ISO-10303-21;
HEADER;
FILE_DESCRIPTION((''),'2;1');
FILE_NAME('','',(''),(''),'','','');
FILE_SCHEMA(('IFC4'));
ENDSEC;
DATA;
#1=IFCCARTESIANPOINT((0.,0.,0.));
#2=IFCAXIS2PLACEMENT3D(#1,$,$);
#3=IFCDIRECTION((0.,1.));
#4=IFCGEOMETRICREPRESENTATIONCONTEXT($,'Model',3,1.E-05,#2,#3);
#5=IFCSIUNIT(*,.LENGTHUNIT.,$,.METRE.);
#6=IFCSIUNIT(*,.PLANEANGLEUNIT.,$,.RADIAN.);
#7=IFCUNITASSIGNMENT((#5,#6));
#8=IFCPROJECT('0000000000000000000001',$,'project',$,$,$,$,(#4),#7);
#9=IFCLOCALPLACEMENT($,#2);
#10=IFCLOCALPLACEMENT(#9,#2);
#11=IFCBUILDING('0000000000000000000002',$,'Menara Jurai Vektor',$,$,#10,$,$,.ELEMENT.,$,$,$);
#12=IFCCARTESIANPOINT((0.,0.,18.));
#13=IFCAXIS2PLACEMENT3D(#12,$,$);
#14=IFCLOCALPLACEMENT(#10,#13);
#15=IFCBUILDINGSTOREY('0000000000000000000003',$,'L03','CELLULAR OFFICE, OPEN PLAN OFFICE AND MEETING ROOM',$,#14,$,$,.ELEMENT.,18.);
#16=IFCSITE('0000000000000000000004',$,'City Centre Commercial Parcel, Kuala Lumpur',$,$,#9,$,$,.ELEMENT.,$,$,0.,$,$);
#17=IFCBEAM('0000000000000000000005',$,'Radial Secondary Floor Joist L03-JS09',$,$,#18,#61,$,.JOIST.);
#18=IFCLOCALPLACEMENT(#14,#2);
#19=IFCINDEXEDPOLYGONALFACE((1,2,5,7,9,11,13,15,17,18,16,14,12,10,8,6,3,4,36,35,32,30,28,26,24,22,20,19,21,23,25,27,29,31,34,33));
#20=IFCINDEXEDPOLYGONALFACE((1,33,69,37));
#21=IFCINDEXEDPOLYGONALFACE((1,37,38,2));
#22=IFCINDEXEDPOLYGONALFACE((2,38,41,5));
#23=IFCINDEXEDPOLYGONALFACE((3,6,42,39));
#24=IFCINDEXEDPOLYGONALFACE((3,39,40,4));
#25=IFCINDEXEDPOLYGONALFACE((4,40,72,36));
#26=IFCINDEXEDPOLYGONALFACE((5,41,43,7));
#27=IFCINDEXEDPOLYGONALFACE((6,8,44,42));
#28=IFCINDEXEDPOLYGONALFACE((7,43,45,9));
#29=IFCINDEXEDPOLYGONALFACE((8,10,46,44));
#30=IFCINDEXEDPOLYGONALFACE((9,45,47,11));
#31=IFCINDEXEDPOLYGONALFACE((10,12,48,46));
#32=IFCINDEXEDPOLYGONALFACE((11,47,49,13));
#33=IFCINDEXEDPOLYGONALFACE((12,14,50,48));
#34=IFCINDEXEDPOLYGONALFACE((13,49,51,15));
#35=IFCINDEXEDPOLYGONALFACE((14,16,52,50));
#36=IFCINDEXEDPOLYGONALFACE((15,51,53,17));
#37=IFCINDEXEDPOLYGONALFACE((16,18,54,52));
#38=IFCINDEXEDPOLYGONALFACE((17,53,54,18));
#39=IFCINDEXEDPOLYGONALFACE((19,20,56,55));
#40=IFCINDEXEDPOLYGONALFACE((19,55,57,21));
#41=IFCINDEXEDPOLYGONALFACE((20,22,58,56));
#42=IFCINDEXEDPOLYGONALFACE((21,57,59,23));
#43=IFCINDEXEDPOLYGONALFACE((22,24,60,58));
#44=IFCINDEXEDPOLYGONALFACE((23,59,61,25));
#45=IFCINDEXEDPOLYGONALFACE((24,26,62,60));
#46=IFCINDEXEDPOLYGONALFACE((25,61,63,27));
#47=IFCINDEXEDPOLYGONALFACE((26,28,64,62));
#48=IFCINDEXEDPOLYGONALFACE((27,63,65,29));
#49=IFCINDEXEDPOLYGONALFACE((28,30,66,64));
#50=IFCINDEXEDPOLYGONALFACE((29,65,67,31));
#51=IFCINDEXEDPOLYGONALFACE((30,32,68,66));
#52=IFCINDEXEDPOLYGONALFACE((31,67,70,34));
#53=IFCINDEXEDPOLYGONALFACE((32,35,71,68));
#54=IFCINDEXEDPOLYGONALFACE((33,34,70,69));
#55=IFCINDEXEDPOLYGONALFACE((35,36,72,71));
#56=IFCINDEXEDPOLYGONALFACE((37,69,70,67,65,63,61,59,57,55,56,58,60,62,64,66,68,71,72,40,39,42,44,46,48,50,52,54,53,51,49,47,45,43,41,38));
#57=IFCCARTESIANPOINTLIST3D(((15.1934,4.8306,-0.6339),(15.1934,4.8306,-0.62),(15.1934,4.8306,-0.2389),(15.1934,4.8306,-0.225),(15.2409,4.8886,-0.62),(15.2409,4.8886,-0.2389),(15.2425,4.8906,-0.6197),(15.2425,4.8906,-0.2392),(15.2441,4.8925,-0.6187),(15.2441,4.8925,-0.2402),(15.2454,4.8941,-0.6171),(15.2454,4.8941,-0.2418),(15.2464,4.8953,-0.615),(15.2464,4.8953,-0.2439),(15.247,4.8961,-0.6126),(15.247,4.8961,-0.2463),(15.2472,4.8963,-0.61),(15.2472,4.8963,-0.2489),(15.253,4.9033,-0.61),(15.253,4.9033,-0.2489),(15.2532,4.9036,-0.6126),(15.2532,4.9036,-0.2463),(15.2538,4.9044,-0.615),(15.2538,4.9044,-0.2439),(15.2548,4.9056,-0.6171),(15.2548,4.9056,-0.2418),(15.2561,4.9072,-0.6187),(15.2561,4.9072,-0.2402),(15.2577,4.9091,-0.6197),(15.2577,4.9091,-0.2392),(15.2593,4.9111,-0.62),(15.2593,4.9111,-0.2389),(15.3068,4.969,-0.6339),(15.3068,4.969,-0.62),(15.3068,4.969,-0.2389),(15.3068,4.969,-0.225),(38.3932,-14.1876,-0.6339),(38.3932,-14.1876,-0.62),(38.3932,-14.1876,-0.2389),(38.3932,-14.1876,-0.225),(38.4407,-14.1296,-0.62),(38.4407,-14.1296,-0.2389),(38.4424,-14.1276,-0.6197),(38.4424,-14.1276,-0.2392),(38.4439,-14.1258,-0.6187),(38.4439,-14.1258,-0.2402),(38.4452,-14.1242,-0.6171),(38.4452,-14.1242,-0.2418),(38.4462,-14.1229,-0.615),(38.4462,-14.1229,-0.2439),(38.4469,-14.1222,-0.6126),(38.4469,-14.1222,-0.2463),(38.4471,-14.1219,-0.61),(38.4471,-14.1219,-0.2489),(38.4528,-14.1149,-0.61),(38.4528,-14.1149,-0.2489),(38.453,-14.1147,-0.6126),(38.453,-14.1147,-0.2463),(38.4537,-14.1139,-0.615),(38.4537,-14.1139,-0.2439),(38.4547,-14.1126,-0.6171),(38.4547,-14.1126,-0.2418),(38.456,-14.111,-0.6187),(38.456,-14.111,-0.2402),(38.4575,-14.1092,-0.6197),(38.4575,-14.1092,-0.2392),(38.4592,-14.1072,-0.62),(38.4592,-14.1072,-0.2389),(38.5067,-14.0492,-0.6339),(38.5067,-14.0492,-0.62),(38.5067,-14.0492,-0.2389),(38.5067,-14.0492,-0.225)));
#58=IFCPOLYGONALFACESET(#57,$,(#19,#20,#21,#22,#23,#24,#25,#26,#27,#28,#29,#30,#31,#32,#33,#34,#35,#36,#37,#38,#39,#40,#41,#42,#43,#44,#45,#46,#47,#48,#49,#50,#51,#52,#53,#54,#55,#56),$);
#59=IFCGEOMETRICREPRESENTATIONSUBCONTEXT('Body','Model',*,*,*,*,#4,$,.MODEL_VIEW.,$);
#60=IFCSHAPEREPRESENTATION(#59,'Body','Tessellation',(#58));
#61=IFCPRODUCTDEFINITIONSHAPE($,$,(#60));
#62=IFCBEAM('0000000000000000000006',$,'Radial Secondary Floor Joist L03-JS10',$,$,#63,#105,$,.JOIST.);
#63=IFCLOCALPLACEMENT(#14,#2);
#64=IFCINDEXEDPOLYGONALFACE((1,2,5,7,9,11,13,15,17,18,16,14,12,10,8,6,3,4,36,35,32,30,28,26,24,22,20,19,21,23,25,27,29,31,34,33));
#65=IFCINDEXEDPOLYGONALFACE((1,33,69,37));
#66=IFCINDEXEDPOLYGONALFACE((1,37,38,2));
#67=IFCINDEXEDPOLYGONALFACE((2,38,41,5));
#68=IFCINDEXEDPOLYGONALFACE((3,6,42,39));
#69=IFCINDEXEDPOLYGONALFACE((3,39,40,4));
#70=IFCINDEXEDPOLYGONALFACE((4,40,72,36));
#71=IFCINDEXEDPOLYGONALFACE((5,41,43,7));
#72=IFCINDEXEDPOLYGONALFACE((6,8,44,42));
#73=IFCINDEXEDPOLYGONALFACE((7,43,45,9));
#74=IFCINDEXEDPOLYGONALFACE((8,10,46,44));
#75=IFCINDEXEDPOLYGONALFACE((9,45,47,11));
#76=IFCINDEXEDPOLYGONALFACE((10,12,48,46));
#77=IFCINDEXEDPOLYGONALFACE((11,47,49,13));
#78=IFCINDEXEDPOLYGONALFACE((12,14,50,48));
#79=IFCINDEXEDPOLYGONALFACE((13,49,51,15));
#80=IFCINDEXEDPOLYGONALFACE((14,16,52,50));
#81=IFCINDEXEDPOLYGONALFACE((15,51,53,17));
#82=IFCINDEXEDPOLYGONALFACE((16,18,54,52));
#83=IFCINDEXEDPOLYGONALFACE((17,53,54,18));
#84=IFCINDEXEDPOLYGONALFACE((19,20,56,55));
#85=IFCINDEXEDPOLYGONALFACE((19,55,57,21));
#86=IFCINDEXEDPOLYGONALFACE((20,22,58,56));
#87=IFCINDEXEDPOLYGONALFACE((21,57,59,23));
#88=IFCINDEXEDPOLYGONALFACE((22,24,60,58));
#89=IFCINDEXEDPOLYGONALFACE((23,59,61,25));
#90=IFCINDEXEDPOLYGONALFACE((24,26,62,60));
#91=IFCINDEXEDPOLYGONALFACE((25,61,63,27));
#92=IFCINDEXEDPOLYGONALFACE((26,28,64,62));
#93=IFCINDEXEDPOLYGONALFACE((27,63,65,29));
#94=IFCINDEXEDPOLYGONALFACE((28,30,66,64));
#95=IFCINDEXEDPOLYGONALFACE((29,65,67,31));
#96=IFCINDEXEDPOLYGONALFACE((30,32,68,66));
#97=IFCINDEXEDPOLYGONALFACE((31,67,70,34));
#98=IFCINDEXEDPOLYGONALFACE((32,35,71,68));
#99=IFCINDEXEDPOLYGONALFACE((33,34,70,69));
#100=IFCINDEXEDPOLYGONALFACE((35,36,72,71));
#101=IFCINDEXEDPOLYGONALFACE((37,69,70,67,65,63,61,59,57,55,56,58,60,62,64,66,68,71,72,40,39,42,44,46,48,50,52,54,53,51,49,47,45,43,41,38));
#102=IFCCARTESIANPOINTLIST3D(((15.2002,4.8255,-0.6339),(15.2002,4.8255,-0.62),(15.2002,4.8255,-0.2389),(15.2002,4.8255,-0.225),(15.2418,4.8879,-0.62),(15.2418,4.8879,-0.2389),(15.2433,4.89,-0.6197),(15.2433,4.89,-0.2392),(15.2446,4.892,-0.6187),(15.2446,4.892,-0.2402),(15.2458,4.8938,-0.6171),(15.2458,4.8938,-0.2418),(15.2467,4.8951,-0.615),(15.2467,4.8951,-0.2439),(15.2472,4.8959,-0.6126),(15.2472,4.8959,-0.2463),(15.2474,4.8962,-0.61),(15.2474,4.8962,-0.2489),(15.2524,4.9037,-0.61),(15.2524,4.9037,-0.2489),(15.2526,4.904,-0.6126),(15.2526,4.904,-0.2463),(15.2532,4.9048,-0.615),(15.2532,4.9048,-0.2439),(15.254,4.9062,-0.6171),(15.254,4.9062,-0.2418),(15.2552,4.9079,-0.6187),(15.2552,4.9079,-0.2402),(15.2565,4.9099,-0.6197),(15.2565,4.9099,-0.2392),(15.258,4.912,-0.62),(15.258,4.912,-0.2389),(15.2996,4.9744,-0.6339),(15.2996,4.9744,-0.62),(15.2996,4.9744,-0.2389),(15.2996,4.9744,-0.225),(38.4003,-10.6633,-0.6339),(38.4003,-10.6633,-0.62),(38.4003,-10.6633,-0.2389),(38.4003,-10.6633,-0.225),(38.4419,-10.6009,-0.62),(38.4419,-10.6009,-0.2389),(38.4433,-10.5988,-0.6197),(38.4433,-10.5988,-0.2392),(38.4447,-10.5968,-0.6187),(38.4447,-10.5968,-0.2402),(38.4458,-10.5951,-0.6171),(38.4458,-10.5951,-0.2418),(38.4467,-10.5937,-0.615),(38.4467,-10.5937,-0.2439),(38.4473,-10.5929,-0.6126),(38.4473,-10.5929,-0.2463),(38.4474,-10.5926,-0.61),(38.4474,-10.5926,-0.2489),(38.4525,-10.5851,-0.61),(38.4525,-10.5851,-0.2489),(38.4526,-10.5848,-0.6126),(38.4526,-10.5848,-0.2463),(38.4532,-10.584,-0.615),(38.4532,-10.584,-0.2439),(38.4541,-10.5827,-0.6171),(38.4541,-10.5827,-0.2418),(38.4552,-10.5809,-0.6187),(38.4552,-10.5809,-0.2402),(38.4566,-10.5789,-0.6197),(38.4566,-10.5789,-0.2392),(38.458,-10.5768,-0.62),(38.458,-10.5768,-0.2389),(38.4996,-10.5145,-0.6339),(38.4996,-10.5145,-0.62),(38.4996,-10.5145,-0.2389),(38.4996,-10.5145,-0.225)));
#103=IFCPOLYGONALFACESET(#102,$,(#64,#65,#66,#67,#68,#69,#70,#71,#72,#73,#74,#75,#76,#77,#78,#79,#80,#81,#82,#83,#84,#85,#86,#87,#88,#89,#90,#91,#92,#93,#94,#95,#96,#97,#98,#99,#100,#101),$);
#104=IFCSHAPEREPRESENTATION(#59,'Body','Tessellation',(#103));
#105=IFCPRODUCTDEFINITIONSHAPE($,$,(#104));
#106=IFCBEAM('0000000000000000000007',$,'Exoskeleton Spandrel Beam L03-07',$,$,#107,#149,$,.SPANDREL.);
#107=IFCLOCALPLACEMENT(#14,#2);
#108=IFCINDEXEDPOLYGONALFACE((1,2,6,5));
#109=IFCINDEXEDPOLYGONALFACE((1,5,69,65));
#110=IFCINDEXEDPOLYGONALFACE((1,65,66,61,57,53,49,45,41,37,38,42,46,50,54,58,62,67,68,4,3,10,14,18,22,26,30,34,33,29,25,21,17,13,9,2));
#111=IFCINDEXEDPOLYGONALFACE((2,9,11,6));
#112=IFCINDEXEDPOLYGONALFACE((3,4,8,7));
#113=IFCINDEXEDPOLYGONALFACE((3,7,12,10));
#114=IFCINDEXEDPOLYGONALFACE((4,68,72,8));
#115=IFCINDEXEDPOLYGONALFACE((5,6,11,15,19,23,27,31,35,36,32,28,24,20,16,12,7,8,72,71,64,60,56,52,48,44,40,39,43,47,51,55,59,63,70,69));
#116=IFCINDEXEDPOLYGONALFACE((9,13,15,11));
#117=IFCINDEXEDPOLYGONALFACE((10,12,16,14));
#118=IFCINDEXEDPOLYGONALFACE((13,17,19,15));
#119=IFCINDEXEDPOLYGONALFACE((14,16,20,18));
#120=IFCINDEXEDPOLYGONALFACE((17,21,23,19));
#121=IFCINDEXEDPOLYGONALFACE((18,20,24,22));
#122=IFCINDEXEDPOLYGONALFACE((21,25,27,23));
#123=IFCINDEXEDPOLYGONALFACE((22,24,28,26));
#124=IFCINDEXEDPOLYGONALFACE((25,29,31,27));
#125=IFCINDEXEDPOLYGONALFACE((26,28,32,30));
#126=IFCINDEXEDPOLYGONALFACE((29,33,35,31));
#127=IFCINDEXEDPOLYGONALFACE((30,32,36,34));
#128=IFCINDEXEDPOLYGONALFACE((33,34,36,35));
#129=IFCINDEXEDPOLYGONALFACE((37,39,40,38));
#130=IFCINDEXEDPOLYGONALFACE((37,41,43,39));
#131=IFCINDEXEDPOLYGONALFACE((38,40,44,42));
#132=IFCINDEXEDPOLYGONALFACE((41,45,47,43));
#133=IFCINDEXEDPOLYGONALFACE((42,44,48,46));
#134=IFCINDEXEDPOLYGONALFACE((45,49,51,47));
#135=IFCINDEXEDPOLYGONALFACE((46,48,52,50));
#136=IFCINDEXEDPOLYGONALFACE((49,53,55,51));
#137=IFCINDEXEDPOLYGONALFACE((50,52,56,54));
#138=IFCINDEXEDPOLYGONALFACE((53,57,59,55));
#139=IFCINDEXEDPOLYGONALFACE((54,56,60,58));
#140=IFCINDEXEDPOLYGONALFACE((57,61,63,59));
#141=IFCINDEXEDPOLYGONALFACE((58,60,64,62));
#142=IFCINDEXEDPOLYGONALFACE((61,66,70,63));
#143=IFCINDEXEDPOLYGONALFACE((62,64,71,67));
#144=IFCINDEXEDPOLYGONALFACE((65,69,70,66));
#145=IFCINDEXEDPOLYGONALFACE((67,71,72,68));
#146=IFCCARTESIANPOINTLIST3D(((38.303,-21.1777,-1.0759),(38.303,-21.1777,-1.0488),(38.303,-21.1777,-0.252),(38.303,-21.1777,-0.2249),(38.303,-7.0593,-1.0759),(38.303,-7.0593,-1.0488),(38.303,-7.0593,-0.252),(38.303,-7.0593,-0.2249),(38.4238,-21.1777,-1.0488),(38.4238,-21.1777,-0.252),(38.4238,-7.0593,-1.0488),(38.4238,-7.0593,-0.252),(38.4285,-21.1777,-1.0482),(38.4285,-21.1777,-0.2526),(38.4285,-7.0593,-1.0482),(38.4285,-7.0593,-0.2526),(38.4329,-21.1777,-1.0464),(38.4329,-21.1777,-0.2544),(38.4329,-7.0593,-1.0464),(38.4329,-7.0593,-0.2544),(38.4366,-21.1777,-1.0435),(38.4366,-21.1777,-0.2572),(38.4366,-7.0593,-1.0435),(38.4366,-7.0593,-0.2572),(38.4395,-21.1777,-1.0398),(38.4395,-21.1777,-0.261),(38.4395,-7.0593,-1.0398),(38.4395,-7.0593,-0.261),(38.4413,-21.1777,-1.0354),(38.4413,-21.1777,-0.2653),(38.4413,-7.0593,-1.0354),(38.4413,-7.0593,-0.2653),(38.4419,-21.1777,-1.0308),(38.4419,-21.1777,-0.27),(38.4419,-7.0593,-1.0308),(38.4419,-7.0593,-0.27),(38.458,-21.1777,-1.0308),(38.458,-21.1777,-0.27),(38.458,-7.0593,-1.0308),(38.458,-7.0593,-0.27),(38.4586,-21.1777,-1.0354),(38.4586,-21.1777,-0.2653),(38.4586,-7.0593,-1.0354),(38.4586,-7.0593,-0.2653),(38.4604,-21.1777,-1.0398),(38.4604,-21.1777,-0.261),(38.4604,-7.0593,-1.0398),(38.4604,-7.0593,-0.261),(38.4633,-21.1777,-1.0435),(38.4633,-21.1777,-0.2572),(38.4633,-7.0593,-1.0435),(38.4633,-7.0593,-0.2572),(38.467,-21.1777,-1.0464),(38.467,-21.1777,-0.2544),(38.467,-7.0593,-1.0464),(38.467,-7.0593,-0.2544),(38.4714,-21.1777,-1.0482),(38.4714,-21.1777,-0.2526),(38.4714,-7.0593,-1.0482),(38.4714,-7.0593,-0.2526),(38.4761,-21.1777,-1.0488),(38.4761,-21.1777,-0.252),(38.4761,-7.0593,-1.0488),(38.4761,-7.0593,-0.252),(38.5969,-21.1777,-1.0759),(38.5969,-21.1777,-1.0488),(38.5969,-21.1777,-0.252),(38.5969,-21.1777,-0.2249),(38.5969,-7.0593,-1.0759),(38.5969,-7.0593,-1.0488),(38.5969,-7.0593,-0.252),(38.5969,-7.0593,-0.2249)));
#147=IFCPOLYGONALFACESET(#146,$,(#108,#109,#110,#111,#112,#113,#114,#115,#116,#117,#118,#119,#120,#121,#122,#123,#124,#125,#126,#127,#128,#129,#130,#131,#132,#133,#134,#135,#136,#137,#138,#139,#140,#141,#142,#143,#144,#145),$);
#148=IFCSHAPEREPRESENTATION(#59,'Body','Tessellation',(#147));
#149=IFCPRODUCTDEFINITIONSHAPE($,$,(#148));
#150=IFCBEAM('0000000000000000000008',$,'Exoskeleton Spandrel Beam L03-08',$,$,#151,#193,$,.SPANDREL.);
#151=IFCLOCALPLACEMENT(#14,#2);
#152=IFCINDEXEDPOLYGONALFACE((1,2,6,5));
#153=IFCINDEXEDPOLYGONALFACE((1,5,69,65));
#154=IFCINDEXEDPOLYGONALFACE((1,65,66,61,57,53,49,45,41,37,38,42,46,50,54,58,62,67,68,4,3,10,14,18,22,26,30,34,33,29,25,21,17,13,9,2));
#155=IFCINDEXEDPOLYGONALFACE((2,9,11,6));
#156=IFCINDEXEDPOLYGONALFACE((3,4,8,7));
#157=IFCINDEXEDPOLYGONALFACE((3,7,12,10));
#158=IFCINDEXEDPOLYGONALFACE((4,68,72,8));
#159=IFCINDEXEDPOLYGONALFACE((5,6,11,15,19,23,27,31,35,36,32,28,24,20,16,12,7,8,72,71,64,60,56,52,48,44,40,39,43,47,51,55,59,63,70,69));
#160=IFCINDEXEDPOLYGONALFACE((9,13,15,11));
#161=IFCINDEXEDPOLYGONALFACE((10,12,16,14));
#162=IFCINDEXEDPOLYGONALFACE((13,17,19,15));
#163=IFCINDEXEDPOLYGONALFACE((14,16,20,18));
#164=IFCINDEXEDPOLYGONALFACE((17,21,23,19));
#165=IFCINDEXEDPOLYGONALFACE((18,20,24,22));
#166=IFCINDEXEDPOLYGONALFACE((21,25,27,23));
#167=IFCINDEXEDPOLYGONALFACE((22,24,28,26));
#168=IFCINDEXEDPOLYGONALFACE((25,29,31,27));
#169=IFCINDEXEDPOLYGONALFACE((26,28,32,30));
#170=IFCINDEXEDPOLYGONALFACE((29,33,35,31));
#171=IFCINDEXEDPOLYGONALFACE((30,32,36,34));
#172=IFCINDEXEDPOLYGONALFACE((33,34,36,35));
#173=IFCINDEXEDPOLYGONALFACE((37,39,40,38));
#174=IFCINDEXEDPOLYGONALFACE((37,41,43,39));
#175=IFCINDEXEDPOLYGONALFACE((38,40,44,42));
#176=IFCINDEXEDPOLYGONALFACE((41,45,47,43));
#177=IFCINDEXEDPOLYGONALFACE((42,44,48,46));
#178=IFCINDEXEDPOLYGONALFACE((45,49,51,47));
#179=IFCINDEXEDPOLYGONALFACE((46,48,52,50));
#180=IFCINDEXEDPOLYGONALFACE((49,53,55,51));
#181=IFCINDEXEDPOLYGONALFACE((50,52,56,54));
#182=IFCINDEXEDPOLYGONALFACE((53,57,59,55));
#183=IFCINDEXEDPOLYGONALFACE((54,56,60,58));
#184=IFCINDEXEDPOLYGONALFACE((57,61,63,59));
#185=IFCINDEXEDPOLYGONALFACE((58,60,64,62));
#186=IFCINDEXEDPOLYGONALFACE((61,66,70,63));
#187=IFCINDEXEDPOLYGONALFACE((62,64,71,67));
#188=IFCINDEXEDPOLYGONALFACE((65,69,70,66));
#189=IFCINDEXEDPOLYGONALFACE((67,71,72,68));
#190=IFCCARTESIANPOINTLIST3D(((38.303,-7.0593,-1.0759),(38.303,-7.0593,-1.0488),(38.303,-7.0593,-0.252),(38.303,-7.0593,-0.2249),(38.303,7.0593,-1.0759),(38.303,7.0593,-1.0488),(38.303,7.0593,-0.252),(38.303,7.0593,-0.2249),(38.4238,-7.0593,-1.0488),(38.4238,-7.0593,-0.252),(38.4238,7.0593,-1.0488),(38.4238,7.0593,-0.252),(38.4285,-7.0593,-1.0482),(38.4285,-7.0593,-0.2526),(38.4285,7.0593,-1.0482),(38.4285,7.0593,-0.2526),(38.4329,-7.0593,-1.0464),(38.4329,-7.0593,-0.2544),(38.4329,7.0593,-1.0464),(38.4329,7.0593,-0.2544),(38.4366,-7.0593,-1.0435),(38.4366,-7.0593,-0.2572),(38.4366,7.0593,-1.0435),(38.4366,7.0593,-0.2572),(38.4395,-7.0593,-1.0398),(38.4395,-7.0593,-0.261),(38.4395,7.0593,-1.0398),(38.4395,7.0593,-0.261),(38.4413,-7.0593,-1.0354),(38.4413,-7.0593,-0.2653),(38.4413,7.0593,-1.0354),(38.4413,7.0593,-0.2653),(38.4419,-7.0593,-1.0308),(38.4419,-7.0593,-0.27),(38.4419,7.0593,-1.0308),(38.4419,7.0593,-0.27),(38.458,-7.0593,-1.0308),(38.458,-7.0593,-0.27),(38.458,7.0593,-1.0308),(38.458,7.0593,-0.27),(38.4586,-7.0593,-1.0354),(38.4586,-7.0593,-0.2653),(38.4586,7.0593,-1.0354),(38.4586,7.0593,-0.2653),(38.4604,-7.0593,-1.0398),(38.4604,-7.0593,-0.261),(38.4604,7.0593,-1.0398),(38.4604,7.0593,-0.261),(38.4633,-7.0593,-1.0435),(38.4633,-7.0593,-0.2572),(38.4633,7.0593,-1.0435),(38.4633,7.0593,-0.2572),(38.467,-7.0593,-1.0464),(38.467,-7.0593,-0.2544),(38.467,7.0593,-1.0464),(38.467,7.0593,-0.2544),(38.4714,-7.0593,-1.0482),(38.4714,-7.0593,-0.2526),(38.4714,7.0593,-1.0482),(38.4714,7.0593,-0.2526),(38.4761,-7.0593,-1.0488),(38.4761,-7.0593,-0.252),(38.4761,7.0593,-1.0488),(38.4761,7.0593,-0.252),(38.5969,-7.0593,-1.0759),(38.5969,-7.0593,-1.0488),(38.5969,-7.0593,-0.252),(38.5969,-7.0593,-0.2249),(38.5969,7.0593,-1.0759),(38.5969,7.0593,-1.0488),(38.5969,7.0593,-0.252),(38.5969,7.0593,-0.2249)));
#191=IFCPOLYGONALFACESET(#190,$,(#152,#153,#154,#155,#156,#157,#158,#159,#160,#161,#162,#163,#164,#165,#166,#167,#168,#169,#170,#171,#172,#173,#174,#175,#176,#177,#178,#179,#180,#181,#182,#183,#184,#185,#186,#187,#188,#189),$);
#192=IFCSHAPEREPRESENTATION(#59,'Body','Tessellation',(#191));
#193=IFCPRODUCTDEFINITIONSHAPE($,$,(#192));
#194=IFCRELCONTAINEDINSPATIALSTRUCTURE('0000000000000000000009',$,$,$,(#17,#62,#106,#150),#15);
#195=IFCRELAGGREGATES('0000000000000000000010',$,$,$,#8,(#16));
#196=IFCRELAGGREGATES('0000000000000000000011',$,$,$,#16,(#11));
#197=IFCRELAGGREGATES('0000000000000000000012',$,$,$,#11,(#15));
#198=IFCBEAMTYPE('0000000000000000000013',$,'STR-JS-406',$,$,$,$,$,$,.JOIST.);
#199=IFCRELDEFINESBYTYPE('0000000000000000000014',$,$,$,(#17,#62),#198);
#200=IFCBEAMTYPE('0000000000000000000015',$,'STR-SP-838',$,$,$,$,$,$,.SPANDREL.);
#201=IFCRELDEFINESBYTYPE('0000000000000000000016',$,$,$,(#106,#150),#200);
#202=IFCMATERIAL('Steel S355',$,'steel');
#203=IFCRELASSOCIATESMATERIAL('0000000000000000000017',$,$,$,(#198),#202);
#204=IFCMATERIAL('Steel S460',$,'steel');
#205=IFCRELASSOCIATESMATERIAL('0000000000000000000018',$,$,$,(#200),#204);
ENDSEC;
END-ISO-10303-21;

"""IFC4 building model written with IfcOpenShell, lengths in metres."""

from ifc_helpers import new_model, si_unit, direction, frame, origin, origin_2d, place, context, subcontext, project, spatial, i_section, extrude, material, material_profile, profile_set, type_object, element, save


model = new_model("IFC4")

# Units and contexts
model_context = context("Model", 3, precision=1e-05, world=origin(), true_north=direction((0.0, 1.0)))
body_context = subcontext(model_context, "Body", "Model", "MODEL_VIEW")
ifc_project = project(units=[si_unit("LENGTHUNIT", "METRE"), si_unit("PLANEANGLEUNIT", "RADIAN")], contexts=[model_context])

# Site, building, storey
site_placement = place(None, origin())
site = spatial("IfcSite", under=ifc_project, at=site_placement, Name="City Centre Commercial Parcel, Kuala Lumpur", CompositionType="ELEMENT", RefElevation=0.0)
building_placement = place(site_placement, origin())
building = spatial("IfcBuilding", under=site, at=building_placement, Name="Menara Jurai Vektor", CompositionType="ELEMENT")
storey_placement = place(building_placement, frame((0.0, 0.0, 18.0)))
storey = spatial("IfcBuildingStorey", under=building, at=storey_placement, Name="L03", Description="CELLULAR OFFICE, OPEN PLAN OFFICE AND MEETING ROOM", CompositionType="ELEMENT", Elevation=18.0)

# Shared definitions
ifc_material_1 = material(Name="Steel S460", Category="steel")

# Beams
ifc_material_2 = material(Name="Steel S355", Category="steel")
ifc_material_profile_1 = material_profile(ifc_material_2, i_section(OverallWidth=0.179, OverallDepth=0.4089, WebThickness=0.009, FlangeThickness=0.0139, FilletRadius=0.01, at=origin_2d()), Name="UKB 406x178x67")
ifc_profile_set_1 = profile_set([ifc_material_profile_1], Name="Steel S355")
beam_type_1 = type_object("IfcBeamType", Name="STR-JS-406", PredefinedType="JOIST", material=ifc_profile_set_1)
beam_1_placement = place(storey_placement, frame((38.45, -14.1184, -0.4294), z_axis=(-0.77336, 0.633967, 0.0), x_axis=(-0.633967, -0.77336, 0.0)))
element("IfcBeam", 1, at=beam_1_placement, inside=storey, type_object=beam_type_1, Name="Radial Secondary Floor Joist L03-JS09", PredefinedType="JOIST", context=body_context, shape_type="SweptSolid", body=[
    extrude(i_section(OverallWidth=0.179, OverallDepth=0.4089, WebThickness=0.009, FlangeThickness=0.0139, FilletRadius=0.01, at=origin_2d()), origin(), (0.0, 0.0, 1.0), 29.9988),
])
beam_2_placement = place(storey_placement, frame((38.45, -10.5889, -0.4294), z_axis=(-0.831684, 0.555249, 0.0), x_axis=(-0.555249, -0.831684, 0.0)))
element("IfcBeam", 2, at=beam_2_placement, inside=storey, type_object=beam_type_1, Name="Radial Secondary Floor Joist L03-JS10", PredefinedType="JOIST", context=body_context, shape_type="SweptSolid", body=[
    extrude(i_section(OverallWidth=0.179, OverallDepth=0.4089, WebThickness=0.009, FlangeThickness=0.0139, FilletRadius=0.01, at=origin_2d()), origin(), (0.0, 0.0, 1.0), 27.8953),
])
ifc_material_profile_2 = material_profile(ifc_material_1, i_section(OverallWidth=0.2939, OverallDepth=0.8511, WebThickness=0.0161, FlangeThickness=0.0271, FilletRadius=0.0181, at=origin_2d()), Name="UKB 838x292x226")
ifc_profile_set_2 = profile_set([ifc_material_profile_2], Name="Steel S460")
beam_type_2 = type_object("IfcBeamType", Name="STR-SP-838", PredefinedType="SPANDREL", material=ifc_profile_set_2)
beam_3_placement = place(storey_placement, frame((38.45, -21.1777, -0.6504), z_axis=(0.0, 1.0, 0.0), x_axis=(-1.0, 0.0, 0.0)))
element("IfcBeam", 3, at=beam_3_placement, inside=storey, type_object=beam_type_2, Name="Exoskeleton Spandrel Beam L03-07", PredefinedType="SPANDREL", context=body_context, shape_type="SweptSolid", body=[
    extrude(i_section(OverallWidth=0.2939, OverallDepth=0.8511, WebThickness=0.0161, FlangeThickness=0.0271, FilletRadius=0.0181, at=origin_2d()), origin(), (0.0, 0.0, 1.0), 14.1184),
])
beam_4_placement = place(storey_placement, frame((38.45, -7.0593, -0.6504), z_axis=(0.0, 1.0, 0.0), x_axis=(-1.0, 0.0, 0.0)))
element("IfcBeam", 4, at=beam_4_placement, inside=storey, type_object=beam_type_2, Name="Exoskeleton Spandrel Beam L03-08", PredefinedType="SPANDREL", context=body_context, shape_type="SweptSolid", body=[
    extrude(i_section(OverallWidth=0.2939, OverallDepth=0.8511, WebThickness=0.0161, FlangeThickness=0.0271, FilletRadius=0.0181, at=origin_2d()), origin(), (0.0, 0.0, 1.0), 14.1187),
])

save(model, "model.ifc")
